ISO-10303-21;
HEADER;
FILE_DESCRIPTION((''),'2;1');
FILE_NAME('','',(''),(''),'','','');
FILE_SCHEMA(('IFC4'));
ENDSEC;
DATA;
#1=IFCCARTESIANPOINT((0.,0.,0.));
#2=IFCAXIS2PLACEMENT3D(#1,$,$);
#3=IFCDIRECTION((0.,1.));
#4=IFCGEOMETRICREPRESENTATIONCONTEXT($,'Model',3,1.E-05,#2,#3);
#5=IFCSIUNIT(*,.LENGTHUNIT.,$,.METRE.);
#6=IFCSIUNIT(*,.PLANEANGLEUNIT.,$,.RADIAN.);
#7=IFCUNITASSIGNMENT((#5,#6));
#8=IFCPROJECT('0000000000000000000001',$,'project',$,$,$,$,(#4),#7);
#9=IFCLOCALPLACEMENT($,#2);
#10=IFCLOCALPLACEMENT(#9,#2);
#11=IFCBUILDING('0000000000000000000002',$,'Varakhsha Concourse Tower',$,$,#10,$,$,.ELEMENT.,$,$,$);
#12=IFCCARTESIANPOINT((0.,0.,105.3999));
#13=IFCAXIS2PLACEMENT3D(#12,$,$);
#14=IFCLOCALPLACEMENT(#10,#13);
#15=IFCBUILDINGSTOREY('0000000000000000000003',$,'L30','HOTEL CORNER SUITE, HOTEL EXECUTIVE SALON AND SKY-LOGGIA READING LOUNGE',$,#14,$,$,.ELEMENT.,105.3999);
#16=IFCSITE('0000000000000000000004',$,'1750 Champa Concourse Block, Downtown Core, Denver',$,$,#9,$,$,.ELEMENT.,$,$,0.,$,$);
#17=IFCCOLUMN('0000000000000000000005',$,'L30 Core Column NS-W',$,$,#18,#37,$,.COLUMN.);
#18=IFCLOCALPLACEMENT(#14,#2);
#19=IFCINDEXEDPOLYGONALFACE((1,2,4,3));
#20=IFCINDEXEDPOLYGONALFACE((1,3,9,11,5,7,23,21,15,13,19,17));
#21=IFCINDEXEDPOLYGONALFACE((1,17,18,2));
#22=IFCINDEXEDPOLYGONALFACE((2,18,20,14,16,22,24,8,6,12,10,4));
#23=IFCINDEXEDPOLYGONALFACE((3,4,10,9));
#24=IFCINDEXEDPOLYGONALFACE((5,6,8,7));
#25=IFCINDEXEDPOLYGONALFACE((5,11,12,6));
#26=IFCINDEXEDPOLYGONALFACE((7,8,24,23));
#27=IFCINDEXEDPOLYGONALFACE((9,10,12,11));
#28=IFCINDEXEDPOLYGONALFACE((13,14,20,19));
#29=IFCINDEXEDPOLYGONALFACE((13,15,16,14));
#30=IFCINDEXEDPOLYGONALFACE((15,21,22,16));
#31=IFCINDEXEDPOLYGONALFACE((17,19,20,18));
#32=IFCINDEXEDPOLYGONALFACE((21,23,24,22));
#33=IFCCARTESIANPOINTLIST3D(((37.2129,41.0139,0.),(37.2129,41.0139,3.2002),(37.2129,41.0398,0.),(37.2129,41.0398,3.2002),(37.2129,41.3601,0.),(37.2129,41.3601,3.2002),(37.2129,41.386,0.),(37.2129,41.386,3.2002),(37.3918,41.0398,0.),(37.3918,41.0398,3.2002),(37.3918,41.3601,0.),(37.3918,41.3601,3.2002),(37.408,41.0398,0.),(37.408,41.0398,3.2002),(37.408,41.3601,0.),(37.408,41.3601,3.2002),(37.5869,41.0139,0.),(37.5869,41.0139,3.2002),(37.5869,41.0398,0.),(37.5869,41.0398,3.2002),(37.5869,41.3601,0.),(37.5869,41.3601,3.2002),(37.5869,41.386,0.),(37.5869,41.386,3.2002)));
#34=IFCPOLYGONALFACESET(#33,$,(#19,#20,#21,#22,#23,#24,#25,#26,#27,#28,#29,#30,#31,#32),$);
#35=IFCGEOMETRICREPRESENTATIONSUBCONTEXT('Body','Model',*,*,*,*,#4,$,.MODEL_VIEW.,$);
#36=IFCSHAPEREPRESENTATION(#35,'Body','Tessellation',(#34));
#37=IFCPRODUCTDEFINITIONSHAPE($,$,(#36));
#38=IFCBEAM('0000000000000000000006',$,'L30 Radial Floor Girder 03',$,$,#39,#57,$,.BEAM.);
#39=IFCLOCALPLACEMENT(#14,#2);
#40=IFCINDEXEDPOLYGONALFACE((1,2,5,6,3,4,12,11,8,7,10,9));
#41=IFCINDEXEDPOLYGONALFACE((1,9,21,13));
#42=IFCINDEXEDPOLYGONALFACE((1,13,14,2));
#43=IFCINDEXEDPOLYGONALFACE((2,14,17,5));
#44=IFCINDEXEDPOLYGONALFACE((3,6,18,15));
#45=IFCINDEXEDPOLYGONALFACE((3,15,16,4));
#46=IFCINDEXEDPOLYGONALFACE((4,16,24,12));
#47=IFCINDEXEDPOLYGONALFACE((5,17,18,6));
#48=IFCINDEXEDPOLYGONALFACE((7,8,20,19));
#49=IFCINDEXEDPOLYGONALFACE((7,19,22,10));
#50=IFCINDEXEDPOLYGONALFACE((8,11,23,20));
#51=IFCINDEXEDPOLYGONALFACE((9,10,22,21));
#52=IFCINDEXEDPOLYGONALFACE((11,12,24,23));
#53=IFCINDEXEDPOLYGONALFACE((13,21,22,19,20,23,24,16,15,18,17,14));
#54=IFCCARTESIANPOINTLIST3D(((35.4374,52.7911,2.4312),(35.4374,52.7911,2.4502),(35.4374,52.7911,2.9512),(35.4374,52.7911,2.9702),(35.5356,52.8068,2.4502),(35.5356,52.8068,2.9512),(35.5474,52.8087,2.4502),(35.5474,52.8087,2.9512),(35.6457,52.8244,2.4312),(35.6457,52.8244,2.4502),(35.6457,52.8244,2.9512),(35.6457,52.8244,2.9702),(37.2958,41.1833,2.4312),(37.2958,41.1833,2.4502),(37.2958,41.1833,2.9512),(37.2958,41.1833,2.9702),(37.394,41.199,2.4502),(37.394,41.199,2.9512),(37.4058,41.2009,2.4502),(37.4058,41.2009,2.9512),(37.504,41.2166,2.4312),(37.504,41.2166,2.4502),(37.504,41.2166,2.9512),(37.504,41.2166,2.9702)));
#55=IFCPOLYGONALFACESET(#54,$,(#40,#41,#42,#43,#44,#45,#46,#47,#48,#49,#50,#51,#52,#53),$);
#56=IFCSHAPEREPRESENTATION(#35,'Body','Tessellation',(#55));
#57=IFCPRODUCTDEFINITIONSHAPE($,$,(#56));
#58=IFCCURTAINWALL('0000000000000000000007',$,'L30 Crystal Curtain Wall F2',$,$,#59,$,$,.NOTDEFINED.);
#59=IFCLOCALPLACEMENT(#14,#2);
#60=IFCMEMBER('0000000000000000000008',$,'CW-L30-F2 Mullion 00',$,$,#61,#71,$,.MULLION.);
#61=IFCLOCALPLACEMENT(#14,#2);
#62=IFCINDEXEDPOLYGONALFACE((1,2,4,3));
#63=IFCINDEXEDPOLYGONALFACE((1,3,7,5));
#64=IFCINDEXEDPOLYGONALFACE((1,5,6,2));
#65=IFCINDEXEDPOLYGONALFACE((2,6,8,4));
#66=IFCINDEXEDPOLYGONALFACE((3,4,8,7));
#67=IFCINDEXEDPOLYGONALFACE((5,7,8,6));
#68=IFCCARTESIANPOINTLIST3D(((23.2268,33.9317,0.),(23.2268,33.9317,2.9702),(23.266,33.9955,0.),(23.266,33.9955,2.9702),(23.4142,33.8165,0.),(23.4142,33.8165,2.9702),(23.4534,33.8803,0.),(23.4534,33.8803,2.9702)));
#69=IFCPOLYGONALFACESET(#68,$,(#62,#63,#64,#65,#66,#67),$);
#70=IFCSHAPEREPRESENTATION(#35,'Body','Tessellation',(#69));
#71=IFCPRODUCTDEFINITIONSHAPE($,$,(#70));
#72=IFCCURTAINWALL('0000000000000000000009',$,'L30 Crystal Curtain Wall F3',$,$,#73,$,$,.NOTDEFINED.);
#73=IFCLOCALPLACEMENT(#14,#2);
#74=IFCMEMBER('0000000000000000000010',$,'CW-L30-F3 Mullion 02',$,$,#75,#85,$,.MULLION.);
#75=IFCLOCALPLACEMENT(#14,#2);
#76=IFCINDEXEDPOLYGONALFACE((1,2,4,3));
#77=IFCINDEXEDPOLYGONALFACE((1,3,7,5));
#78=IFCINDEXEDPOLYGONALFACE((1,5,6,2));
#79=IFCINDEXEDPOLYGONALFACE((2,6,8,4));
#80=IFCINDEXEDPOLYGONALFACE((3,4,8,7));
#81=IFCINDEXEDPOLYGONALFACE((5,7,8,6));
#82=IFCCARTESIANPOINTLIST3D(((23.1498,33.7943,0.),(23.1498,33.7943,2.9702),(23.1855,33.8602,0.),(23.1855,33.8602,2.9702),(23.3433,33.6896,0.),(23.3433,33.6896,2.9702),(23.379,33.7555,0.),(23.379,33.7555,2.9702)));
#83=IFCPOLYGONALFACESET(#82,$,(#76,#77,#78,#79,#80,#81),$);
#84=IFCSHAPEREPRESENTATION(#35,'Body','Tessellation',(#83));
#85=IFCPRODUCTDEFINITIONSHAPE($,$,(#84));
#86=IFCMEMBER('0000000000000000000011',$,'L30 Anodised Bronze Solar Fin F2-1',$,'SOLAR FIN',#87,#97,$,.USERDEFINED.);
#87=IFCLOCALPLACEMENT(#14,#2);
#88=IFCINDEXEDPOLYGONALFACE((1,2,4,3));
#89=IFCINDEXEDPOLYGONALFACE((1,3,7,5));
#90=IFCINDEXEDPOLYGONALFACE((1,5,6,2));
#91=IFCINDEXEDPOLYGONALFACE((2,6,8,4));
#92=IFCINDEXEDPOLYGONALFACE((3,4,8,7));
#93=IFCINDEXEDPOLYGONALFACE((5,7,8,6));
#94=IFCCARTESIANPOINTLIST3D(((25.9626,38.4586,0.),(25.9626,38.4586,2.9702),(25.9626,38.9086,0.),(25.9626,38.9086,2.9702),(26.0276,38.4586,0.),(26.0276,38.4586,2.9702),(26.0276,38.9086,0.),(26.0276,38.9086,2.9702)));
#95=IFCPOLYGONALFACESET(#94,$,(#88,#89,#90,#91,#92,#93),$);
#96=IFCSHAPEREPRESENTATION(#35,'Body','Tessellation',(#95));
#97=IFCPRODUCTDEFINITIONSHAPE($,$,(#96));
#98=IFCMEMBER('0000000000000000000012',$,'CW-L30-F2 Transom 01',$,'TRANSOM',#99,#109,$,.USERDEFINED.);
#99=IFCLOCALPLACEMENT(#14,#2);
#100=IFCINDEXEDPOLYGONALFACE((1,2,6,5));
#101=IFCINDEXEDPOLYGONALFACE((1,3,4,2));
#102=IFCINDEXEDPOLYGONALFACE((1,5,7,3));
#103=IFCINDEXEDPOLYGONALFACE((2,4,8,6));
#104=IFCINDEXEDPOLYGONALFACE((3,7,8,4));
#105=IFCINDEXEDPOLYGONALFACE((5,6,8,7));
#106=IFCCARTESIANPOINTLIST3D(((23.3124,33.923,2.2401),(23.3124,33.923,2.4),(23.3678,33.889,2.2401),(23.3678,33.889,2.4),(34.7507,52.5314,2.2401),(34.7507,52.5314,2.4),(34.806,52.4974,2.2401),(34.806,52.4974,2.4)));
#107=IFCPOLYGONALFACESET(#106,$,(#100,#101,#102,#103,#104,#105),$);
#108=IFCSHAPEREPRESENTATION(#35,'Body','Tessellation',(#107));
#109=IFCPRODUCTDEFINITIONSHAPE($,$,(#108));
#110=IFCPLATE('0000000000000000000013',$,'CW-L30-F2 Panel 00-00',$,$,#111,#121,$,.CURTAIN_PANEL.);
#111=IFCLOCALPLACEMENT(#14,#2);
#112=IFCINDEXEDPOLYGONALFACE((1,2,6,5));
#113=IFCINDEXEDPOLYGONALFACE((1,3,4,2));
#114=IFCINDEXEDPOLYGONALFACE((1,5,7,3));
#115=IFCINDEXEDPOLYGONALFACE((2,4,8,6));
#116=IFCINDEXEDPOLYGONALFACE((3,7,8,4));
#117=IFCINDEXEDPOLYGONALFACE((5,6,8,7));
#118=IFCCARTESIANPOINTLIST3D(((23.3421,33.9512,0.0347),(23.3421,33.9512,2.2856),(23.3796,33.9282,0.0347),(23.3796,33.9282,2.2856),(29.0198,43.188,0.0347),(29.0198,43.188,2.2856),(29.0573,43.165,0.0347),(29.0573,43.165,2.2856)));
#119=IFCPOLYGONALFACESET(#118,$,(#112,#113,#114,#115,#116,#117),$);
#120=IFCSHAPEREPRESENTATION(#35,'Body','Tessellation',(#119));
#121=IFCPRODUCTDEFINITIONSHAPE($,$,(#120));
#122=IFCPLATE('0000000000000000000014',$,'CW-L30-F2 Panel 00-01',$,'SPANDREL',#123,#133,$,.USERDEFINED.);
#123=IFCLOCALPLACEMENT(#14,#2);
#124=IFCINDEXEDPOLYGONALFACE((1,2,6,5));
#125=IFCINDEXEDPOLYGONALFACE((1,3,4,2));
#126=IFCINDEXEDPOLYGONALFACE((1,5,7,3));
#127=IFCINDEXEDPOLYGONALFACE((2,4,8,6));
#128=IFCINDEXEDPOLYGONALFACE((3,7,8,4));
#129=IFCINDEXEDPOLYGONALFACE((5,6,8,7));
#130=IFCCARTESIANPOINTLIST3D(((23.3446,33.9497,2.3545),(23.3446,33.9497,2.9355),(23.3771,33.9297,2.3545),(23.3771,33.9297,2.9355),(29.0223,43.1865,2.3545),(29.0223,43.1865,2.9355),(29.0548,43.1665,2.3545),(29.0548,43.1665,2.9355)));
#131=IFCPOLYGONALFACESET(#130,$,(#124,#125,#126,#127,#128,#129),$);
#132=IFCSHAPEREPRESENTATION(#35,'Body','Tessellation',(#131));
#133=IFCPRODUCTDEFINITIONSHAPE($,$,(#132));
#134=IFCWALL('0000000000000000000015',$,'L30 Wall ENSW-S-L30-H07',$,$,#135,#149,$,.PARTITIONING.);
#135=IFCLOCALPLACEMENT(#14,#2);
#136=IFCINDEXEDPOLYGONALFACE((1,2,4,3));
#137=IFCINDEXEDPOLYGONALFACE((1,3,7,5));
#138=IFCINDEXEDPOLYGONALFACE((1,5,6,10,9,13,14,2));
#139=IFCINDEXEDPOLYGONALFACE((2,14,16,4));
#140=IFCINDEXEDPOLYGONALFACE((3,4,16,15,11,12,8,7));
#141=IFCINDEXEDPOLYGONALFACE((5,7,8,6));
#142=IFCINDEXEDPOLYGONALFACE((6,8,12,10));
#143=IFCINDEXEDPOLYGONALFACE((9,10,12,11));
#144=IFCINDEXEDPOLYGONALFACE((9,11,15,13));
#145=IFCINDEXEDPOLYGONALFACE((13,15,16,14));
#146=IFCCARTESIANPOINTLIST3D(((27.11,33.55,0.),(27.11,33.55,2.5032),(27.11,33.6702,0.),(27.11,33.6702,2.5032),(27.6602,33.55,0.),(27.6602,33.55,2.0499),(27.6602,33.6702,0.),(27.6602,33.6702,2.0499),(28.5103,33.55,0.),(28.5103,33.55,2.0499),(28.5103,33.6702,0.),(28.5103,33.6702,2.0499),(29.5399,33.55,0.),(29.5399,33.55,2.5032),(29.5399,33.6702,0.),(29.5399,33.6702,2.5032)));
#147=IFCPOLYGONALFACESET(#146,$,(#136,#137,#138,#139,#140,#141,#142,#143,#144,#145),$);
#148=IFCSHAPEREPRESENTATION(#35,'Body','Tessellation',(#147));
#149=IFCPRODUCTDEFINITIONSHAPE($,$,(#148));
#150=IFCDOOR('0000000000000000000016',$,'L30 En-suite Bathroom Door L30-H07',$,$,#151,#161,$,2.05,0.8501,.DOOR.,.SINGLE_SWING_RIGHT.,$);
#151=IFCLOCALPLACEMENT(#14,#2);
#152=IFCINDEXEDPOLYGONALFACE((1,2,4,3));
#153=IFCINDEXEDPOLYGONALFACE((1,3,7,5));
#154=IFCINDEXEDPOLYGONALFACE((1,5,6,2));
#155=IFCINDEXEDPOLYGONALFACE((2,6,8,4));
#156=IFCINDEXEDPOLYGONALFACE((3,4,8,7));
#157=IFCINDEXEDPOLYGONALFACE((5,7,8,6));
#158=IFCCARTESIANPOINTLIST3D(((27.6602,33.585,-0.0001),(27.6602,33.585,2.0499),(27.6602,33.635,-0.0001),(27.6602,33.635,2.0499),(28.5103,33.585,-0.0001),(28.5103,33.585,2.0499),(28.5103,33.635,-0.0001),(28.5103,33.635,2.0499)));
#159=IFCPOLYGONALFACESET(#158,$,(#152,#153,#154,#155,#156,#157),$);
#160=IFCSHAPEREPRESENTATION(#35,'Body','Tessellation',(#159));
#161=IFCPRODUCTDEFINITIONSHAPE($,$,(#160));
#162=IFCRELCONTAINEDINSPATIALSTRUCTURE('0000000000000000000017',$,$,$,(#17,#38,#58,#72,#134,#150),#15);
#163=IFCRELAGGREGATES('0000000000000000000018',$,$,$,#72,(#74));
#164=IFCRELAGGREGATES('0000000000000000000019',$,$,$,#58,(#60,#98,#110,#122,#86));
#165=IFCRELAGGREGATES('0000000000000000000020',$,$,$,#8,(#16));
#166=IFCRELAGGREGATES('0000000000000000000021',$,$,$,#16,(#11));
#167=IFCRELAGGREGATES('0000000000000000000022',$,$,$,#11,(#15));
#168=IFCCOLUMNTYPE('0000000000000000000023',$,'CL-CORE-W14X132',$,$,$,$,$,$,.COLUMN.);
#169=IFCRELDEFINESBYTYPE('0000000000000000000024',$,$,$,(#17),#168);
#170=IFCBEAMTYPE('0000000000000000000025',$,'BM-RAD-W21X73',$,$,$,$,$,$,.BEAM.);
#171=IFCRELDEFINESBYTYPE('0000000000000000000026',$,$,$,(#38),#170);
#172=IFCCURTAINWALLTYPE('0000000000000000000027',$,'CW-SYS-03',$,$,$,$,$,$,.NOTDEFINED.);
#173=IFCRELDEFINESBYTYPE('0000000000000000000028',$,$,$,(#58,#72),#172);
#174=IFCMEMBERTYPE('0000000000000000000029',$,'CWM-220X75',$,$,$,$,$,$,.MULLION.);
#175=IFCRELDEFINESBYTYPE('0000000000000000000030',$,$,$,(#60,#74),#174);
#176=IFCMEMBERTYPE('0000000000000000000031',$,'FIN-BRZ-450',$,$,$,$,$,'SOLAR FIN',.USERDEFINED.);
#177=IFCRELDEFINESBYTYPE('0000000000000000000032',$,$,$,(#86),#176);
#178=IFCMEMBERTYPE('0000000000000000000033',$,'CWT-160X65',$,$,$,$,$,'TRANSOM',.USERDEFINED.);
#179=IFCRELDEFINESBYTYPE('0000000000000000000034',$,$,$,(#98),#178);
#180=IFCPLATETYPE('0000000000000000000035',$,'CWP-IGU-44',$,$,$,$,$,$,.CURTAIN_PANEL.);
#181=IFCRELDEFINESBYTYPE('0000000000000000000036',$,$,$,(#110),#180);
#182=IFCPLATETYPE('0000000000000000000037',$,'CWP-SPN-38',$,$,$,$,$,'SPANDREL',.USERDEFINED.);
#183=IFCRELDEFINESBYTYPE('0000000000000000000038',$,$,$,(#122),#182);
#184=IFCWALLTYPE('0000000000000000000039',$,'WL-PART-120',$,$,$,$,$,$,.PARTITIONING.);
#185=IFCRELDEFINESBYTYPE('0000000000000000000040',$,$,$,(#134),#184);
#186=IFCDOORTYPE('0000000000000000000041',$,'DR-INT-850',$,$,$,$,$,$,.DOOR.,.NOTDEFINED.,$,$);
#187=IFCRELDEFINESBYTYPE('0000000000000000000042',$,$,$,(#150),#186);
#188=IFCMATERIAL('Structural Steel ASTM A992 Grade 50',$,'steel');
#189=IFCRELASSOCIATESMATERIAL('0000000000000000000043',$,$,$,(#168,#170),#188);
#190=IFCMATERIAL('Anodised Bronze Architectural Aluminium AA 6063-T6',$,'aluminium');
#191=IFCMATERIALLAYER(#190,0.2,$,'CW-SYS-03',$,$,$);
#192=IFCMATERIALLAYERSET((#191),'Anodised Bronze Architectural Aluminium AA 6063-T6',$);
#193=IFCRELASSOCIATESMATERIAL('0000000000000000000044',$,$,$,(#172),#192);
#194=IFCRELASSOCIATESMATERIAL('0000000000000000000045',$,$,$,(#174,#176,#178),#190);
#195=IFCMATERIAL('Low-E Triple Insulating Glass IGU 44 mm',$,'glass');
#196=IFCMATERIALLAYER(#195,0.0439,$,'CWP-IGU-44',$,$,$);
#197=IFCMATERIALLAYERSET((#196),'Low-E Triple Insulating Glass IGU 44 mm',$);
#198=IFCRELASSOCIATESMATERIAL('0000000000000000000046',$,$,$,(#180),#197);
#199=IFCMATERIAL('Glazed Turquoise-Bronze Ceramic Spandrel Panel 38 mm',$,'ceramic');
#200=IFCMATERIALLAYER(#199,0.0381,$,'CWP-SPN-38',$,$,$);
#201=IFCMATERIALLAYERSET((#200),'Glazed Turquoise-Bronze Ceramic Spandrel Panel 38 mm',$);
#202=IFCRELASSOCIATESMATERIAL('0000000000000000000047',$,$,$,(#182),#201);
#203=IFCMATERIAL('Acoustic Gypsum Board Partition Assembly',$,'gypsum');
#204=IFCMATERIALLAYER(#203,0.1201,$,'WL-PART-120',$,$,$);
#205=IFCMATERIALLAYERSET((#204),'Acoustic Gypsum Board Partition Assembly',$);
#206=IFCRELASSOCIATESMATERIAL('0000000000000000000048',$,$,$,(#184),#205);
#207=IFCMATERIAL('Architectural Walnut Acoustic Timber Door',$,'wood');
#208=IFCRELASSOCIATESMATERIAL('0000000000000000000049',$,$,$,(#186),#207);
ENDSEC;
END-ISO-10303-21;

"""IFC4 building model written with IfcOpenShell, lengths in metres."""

from ifc_helpers import new_model, si_unit, direction, frame, frame_2d, origin, origin_2d, place, context, subcontext, project, spatial, rectangle, i_section, extrude, source, transform, mapped, material, layer, layer_set, material_profile, profile_set, type_object, type_shapes, element, fill, aggregate, save


model = new_model("IFC4")

# Units and contexts
model_context = context("Model", 3, precision=1e-05, world=origin(), true_north=direction((0.0, 1.0)))
body_context = subcontext(model_context, "Body", "Model", "MODEL_VIEW")
ifc_project = project(units=[si_unit("LENGTHUNIT", "METRE"), si_unit("PLANEANGLEUNIT", "RADIAN")], contexts=[model_context])

# Site, building, storey
site_placement = place(None, origin())
site = spatial("IfcSite", under=ifc_project, at=site_placement, Name="1750 Champa Concourse Block, Downtown Core, Denver", CompositionType="ELEMENT", RefElevation=0.0)
building_placement = place(site_placement, origin())
building = spatial("IfcBuilding", under=site, at=building_placement, Name="Varakhsha Concourse Tower", CompositionType="ELEMENT")
storey_placement = place(building_placement, frame((0.0, 0.0, 105.3999)))
storey = spatial("IfcBuildingStorey", under=building, at=storey_placement, Name="L30", Description="HOTEL CORNER SUITE, HOTEL EXECUTIVE SALON AND SKY-LOGGIA READING LOUNGE", CompositionType="ELEMENT", Elevation=105.3999)

# Column
ifc_material_1 = material(Name="Structural Steel ASTM A992 Grade 50", Category="steel")
ifc_material_profile_1 = material_profile(ifc_material_1, i_section(OverallWidth=0.374, OverallDepth=0.3721, WebThickness=0.0161, FlangeThickness=0.0259, at=origin_2d()), Name="W14X132")
ifc_profile_set_1 = profile_set([ifc_material_profile_1], Name="Structural Steel ASTM A992 Grade 50")
column_type = type_object("IfcColumnType", Name="CL-CORE-W14X132", PredefinedType="COLUMN", material=ifc_profile_set_1)
column_placement = place(storey_placement, frame((37.3999, 41.2, 0.0), z_axis=(0.0, 0.0, 1.0), x_axis=(1.0, 0.0, 0.0)))
element("IfcColumn", 1, at=column_placement, inside=storey, type_object=column_type, Name="L30 Core Column NS-W", PredefinedType="COLUMN", context=body_context, shape_type="SweptSolid", body=[
    extrude(i_section(OverallWidth=0.374, OverallDepth=0.3721, WebThickness=0.0161, FlangeThickness=0.0259, at=origin_2d()), origin(), (0.0, 0.0, 1.0), 3.2002),
])

# Beam
ifc_material_profile_2 = material_profile(ifc_material_1, i_section(OverallWidth=0.2109, OverallDepth=0.5391, WebThickness=0.012, FlangeThickness=0.019, at=origin_2d()), Name="W21X73")
ifc_profile_set_2 = profile_set([ifc_material_profile_2], Name="Structural Steel ASTM A992 Grade 50")
beam_type = type_object("IfcBeamType", Name="BM-RAD-W21X73", PredefinedType="BEAM", material=ifc_profile_set_2)
beam_placement = place(storey_placement, frame((37.3999, 41.2, 2.7007), z_axis=(-0.158084, 0.987426, 0.0), x_axis=(-0.987426, -0.158084, 0.0)))
element("IfcBeam", 2, at=beam_placement, inside=storey, type_object=beam_type, Name="L30 Radial Floor Girder 03", PredefinedType="BEAM", context=body_context, shape_type="SweptSolid", body=[
    extrude(i_section(OverallWidth=0.2109, OverallDepth=0.5391, WebThickness=0.012, FlangeThickness=0.019, at=origin_2d()), origin(), (0.0, 0.0, 1.0), 11.7556),
])

# Curtain walls, members
ifc_material_2 = material(Name="Anodised Bronze Architectural Aluminium AA 6063-T6", Category="aluminium")
ifc_layer_1 = layer(ifc_material_2, 0.2, Name="CW-SYS-03")
ifc_layer_set_1 = layer_set([ifc_layer_1], Name="Anodised Bronze Architectural Aluminium AA 6063-T6")
curtain_wall_type = type_object("IfcCurtainWallType", Name="CW-SYS-03", PredefinedType="NOTDEFINED", material=ifc_layer_set_1)
curtain_wall_1_placement = place(storey_placement, origin())
curtain_wall_1 = element("IfcCurtainWall", 3, at=curtain_wall_1_placement, inside=storey, type_object=curtain_wall_type, Name="L30 Crystal Curtain Wall F2", PredefinedType="NOTDEFINED")
ifc_material_profile_3 = material_profile(ifc_material_2, rectangle(XDim=0.075, YDim=0.22, at=origin_2d()), Name="CWM-220X75")
ifc_profile_set_3 = profile_set([ifc_material_profile_3], Name="Anodised Bronze Architectural Aluminium AA 6063-T6")
member_type_1 = type_object("IfcMemberType", Name="CWM-220X75", PredefinedType="MULLION", material=ifc_profile_set_3)
shared_shape_1 = source(origin(), body_context, "Body", "SweptSolid", [
    extrude(rectangle(XDim=0.075, YDim=0.22, at=origin_2d()), origin(), (0.0, 0.0, 1.0), 2.9702),
])
type_shapes(member_type_1, [shared_shape_1])
member_1_placement = place(storey_placement, frame((23.3401, 33.906, 0.0), z_axis=(0.0, 0.0, 1.0), x_axis=(0.523665, 0.851924, 0.0)))
member_1 = element("IfcMember", 4, at=member_1_placement, type_object=member_type_1, Name="CW-L30-F2 Mullion 00", PredefinedType="MULLION", context=body_context, shape_type="MappedRepresentation", body=[
    mapped(shared_shape_1, transform((0.0, 0.0, 0.0), scale=1.0)),
])
curtain_wall_2_placement = place(storey_placement, origin())
curtain_wall_2 = element("IfcCurtainWall", 5, at=curtain_wall_2_placement, inside=storey, type_object=curtain_wall_type, Name="L30 Crystal Curtain Wall F3", PredefinedType="NOTDEFINED")
member_2_placement = place(storey_placement, frame((23.2644, 33.7749, 0.0), z_axis=(0.0, 0.0, 1.0), x_axis=(0.475959, 0.879468, 0.0)))
member_2 = element("IfcMember", 6, at=member_2_placement, type_object=member_type_1, Name="CW-L30-F3 Mullion 02", PredefinedType="MULLION", context=body_context, shape_type="MappedRepresentation", body=[
    mapped(shared_shape_1, transform((0.0, 0.0, 0.0), scale=1.0)),
])
aggregate(curtain_wall_2, [member_2])

# Members
ifc_material_profile_4 = material_profile(ifc_material_2, rectangle(XDim=0.0649, YDim=0.45, at=origin_2d()), Name="FIN-BRZ-450")
ifc_profile_set_4 = profile_set([ifc_material_profile_4], Name="Anodised Bronze Architectural Aluminium AA 6063-T6")
member_type_2 = type_object("IfcMemberType", Name="FIN-BRZ-450", ElementType="SOLAR FIN", PredefinedType="USERDEFINED", material=ifc_profile_set_4)
shared_shape_2 = source(origin(), body_context, "Body", "SweptSolid", [
    extrude(rectangle(XDim=0.0649, YDim=0.45, at=origin_2d()), origin(), (0.0, 0.0, 1.0), 2.9702),
])
type_shapes(member_type_2, [shared_shape_2])
member_3_placement = place(storey_placement, frame((25.9951, 38.6836, 0.0), z_axis=(0.0, 0.0, 1.0), x_axis=(1.0, 0.0, 0.0)))
member_3 = element("IfcMember", 7, at=member_3_placement, type_object=member_type_2, Name="L30 Anodised Bronze Solar Fin F2-1", ObjectType="SOLAR FIN", PredefinedType="USERDEFINED", context=body_context, shape_type="MappedRepresentation", body=[
    mapped(shared_shape_2, transform((0.0, 0.0, 0.0), scale=1.0)),
])
ifc_material_profile_5 = material_profile(ifc_material_2, rectangle(XDim=0.0649, YDim=0.1599, at=origin_2d()), Name="CWT-160X65")
ifc_profile_set_5 = profile_set([ifc_material_profile_5], Name="Anodised Bronze Architectural Aluminium AA 6063-T6")
member_type_3 = type_object("IfcMemberType", Name="CWT-160X65", ElementType="TRANSOM", PredefinedType="USERDEFINED", material=ifc_profile_set_5)
shared_shape_3 = source(origin(), body_context, "Body", "SweptSolid", [
    extrude(rectangle(XDim=0.0649, YDim=0.1599, at=origin_2d()), origin(), (0.0, 0.0, 1.0), 21.8428),
])
type_shapes(member_type_3, [shared_shape_3])
member_4_placement = place(storey_placement, frame((23.3401, 33.906, 2.3201), z_axis=(0.523663, 0.851926, 0.0), x_axis=(-0.851926, 0.523663, 0.0)))
member_4 = element("IfcMember", 8, at=member_4_placement, type_object=member_type_3, Name="CW-L30-F2 Transom 01", ObjectType="TRANSOM", PredefinedType="USERDEFINED", context=body_context, shape_type="MappedRepresentation", body=[
    mapped(shared_shape_3, transform((0.0, 0.0, 0.0), scale=1.0)),
])

# Plates
ifc_material_3 = material(Name="Low-E Triple Insulating Glass IGU 44 mm", Category="glass")
ifc_layer_2 = layer(ifc_material_3, 0.0439, Name="CWP-IGU-44")
ifc_layer_set_2 = layer_set([ifc_layer_2], Name="Low-E Triple Insulating Glass IGU 44 mm")
plate_type_1 = type_object("IfcPlateType", Name="CWP-IGU-44", PredefinedType="CURTAIN_PANEL", material=ifc_layer_set_2)
shared_shape_4 = source(origin(), body_context, "Body", "SweptSolid", [
    extrude(rectangle(XDim=10.8423, YDim=0.0439, at=origin_2d()), origin(), (0.0, 0.0, 1.0), 2.251),
])
type_shapes(plate_type_1, [shared_shape_4])
plate_1_placement = place(storey_placement, frame((26.1997, 38.5581, 0.0347), z_axis=(0.0, 0.0, 1.0), x_axis=(0.523665, 0.851924, 0.0)))
plate_1 = element("IfcPlate", 9, at=plate_1_placement, type_object=plate_type_1, Name="CW-L30-F2 Panel 00-00", PredefinedType="CURTAIN_PANEL", context=body_context, shape_type="MappedRepresentation", body=[
    mapped(shared_shape_4, transform((0.0, 0.0, 0.0), scale=1.0)),
])
ifc_material_4 = material(Name="Glazed Turquoise-Bronze Ceramic Spandrel Panel 38 mm", Category="ceramic")
ifc_layer_3 = layer(ifc_material_4, 0.0381, Name="CWP-SPN-38")
ifc_layer_set_3 = layer_set([ifc_layer_3], Name="Glazed Turquoise-Bronze Ceramic Spandrel Panel 38 mm")
plate_type_2 = type_object("IfcPlateType", Name="CWP-SPN-38", ElementType="SPANDREL", PredefinedType="USERDEFINED", material=ifc_layer_set_3)
shared_shape_5 = source(origin(), body_context, "Body", "SweptSolid", [
    extrude(rectangle(XDim=10.8423, YDim=0.0381, at=origin_2d()), origin(), (0.0, 0.0, 1.0), 0.5811),
])
type_shapes(plate_type_2, [shared_shape_5])
plate_2_placement = place(storey_placement, frame((26.1997, 38.5581, 2.3545), z_axis=(0.0, 0.0, 1.0), x_axis=(0.523665, 0.851924, 0.0)))
plate_2 = element("IfcPlate", 10, at=plate_2_placement, type_object=plate_type_2, Name="CW-L30-F2 Panel 00-01", ObjectType="SPANDREL", PredefinedType="USERDEFINED", context=body_context, shape_type="MappedRepresentation", body=[
    mapped(shared_shape_5, transform((0.0, 0.0, 0.0), scale=1.0)),
])
aggregate(curtain_wall_1, [member_1, member_4, plate_1, plate_2, member_3])

# Wall, opening, door
ifc_material_5 = material(Name="Acoustic Gypsum Board Partition Assembly", Category="gypsum")
ifc_layer_4 = layer(ifc_material_5, 0.1201, Name="WL-PART-120")
ifc_layer_set_4 = layer_set([ifc_layer_4], Name="Acoustic Gypsum Board Partition Assembly")
wall_type_1 = type_object("IfcWallType", Name="WL-PART-120", PredefinedType="PARTITIONING", material=ifc_layer_set_4)
wall_1_placement = place(storey_placement, frame((27.1101, 33.6101, 0.0), z_axis=(0.0, 0.0, 1.0), x_axis=(1.0, 0.0, 0.0)))
wall_1 = element("IfcWall", 11, at=wall_1_placement, inside=storey, type_object=wall_type_1, Name="L30 Wall ENSW-S-L30-H07", PredefinedType="PARTITIONING", context=body_context, shape_type="SweptSolid", body=[
    extrude(rectangle(XDim=2.4299, YDim=0.1201, at=frame_2d((1.2148, 0.0))), origin(), (0.0, 0.0, 1.0), 2.5032),
])
opening_1_placement = place(wall_1_placement, frame((0.55, 0.0, 0.0)))
opening_1 = element("IfcOpeningElement", 12, at=opening_1_placement, cuts=wall_1, PredefinedType="OPENING", context=body_context, shape_type="SweptSolid", body=[
    extrude(rectangle(XDim=0.8501, YDim=2.05, at=frame_2d((0.425, 1.0249))), frame((0.0, 0.0701, 0.0), z_axis=(0.0, -1.0, 0.0), x_axis=(1.0, 0.0, 0.0)), (0.0, 0.0, 1.0), 0.1401),
])
ifc_material_6 = material(Name="Architectural Walnut Acoustic Timber Door", Category="wood")
door_type_1 = type_object("IfcDoorType", Name="DR-INT-850", OperationType="NOTDEFINED", PredefinedType="DOOR", material=ifc_material_6)
door_1_placement = place(opening_1_placement, origin())
door_1 = element("IfcDoor", 13, at=door_1_placement, inside=storey, type_object=door_type_1, Name="L30 En-suite Bathroom Door L30-H07", OperationType="SINGLE_SWING_RIGHT", OverallHeight=2.05, OverallWidth=0.8501, PredefinedType="DOOR", context=body_context, shape_type="SweptSolid", body=[
    extrude(rectangle(XDim=0.8501, YDim=2.05, at=frame_2d((0.425, 1.0249))), frame((0.0, 0.0249, 0.0), z_axis=(0.0, -1.0, 0.0), x_axis=(1.0, 0.0, 0.0)), (0.0, 0.0, 1.0), 0.05),
])
fill(opening_1, door_1)

save(model, "model.ifc")
